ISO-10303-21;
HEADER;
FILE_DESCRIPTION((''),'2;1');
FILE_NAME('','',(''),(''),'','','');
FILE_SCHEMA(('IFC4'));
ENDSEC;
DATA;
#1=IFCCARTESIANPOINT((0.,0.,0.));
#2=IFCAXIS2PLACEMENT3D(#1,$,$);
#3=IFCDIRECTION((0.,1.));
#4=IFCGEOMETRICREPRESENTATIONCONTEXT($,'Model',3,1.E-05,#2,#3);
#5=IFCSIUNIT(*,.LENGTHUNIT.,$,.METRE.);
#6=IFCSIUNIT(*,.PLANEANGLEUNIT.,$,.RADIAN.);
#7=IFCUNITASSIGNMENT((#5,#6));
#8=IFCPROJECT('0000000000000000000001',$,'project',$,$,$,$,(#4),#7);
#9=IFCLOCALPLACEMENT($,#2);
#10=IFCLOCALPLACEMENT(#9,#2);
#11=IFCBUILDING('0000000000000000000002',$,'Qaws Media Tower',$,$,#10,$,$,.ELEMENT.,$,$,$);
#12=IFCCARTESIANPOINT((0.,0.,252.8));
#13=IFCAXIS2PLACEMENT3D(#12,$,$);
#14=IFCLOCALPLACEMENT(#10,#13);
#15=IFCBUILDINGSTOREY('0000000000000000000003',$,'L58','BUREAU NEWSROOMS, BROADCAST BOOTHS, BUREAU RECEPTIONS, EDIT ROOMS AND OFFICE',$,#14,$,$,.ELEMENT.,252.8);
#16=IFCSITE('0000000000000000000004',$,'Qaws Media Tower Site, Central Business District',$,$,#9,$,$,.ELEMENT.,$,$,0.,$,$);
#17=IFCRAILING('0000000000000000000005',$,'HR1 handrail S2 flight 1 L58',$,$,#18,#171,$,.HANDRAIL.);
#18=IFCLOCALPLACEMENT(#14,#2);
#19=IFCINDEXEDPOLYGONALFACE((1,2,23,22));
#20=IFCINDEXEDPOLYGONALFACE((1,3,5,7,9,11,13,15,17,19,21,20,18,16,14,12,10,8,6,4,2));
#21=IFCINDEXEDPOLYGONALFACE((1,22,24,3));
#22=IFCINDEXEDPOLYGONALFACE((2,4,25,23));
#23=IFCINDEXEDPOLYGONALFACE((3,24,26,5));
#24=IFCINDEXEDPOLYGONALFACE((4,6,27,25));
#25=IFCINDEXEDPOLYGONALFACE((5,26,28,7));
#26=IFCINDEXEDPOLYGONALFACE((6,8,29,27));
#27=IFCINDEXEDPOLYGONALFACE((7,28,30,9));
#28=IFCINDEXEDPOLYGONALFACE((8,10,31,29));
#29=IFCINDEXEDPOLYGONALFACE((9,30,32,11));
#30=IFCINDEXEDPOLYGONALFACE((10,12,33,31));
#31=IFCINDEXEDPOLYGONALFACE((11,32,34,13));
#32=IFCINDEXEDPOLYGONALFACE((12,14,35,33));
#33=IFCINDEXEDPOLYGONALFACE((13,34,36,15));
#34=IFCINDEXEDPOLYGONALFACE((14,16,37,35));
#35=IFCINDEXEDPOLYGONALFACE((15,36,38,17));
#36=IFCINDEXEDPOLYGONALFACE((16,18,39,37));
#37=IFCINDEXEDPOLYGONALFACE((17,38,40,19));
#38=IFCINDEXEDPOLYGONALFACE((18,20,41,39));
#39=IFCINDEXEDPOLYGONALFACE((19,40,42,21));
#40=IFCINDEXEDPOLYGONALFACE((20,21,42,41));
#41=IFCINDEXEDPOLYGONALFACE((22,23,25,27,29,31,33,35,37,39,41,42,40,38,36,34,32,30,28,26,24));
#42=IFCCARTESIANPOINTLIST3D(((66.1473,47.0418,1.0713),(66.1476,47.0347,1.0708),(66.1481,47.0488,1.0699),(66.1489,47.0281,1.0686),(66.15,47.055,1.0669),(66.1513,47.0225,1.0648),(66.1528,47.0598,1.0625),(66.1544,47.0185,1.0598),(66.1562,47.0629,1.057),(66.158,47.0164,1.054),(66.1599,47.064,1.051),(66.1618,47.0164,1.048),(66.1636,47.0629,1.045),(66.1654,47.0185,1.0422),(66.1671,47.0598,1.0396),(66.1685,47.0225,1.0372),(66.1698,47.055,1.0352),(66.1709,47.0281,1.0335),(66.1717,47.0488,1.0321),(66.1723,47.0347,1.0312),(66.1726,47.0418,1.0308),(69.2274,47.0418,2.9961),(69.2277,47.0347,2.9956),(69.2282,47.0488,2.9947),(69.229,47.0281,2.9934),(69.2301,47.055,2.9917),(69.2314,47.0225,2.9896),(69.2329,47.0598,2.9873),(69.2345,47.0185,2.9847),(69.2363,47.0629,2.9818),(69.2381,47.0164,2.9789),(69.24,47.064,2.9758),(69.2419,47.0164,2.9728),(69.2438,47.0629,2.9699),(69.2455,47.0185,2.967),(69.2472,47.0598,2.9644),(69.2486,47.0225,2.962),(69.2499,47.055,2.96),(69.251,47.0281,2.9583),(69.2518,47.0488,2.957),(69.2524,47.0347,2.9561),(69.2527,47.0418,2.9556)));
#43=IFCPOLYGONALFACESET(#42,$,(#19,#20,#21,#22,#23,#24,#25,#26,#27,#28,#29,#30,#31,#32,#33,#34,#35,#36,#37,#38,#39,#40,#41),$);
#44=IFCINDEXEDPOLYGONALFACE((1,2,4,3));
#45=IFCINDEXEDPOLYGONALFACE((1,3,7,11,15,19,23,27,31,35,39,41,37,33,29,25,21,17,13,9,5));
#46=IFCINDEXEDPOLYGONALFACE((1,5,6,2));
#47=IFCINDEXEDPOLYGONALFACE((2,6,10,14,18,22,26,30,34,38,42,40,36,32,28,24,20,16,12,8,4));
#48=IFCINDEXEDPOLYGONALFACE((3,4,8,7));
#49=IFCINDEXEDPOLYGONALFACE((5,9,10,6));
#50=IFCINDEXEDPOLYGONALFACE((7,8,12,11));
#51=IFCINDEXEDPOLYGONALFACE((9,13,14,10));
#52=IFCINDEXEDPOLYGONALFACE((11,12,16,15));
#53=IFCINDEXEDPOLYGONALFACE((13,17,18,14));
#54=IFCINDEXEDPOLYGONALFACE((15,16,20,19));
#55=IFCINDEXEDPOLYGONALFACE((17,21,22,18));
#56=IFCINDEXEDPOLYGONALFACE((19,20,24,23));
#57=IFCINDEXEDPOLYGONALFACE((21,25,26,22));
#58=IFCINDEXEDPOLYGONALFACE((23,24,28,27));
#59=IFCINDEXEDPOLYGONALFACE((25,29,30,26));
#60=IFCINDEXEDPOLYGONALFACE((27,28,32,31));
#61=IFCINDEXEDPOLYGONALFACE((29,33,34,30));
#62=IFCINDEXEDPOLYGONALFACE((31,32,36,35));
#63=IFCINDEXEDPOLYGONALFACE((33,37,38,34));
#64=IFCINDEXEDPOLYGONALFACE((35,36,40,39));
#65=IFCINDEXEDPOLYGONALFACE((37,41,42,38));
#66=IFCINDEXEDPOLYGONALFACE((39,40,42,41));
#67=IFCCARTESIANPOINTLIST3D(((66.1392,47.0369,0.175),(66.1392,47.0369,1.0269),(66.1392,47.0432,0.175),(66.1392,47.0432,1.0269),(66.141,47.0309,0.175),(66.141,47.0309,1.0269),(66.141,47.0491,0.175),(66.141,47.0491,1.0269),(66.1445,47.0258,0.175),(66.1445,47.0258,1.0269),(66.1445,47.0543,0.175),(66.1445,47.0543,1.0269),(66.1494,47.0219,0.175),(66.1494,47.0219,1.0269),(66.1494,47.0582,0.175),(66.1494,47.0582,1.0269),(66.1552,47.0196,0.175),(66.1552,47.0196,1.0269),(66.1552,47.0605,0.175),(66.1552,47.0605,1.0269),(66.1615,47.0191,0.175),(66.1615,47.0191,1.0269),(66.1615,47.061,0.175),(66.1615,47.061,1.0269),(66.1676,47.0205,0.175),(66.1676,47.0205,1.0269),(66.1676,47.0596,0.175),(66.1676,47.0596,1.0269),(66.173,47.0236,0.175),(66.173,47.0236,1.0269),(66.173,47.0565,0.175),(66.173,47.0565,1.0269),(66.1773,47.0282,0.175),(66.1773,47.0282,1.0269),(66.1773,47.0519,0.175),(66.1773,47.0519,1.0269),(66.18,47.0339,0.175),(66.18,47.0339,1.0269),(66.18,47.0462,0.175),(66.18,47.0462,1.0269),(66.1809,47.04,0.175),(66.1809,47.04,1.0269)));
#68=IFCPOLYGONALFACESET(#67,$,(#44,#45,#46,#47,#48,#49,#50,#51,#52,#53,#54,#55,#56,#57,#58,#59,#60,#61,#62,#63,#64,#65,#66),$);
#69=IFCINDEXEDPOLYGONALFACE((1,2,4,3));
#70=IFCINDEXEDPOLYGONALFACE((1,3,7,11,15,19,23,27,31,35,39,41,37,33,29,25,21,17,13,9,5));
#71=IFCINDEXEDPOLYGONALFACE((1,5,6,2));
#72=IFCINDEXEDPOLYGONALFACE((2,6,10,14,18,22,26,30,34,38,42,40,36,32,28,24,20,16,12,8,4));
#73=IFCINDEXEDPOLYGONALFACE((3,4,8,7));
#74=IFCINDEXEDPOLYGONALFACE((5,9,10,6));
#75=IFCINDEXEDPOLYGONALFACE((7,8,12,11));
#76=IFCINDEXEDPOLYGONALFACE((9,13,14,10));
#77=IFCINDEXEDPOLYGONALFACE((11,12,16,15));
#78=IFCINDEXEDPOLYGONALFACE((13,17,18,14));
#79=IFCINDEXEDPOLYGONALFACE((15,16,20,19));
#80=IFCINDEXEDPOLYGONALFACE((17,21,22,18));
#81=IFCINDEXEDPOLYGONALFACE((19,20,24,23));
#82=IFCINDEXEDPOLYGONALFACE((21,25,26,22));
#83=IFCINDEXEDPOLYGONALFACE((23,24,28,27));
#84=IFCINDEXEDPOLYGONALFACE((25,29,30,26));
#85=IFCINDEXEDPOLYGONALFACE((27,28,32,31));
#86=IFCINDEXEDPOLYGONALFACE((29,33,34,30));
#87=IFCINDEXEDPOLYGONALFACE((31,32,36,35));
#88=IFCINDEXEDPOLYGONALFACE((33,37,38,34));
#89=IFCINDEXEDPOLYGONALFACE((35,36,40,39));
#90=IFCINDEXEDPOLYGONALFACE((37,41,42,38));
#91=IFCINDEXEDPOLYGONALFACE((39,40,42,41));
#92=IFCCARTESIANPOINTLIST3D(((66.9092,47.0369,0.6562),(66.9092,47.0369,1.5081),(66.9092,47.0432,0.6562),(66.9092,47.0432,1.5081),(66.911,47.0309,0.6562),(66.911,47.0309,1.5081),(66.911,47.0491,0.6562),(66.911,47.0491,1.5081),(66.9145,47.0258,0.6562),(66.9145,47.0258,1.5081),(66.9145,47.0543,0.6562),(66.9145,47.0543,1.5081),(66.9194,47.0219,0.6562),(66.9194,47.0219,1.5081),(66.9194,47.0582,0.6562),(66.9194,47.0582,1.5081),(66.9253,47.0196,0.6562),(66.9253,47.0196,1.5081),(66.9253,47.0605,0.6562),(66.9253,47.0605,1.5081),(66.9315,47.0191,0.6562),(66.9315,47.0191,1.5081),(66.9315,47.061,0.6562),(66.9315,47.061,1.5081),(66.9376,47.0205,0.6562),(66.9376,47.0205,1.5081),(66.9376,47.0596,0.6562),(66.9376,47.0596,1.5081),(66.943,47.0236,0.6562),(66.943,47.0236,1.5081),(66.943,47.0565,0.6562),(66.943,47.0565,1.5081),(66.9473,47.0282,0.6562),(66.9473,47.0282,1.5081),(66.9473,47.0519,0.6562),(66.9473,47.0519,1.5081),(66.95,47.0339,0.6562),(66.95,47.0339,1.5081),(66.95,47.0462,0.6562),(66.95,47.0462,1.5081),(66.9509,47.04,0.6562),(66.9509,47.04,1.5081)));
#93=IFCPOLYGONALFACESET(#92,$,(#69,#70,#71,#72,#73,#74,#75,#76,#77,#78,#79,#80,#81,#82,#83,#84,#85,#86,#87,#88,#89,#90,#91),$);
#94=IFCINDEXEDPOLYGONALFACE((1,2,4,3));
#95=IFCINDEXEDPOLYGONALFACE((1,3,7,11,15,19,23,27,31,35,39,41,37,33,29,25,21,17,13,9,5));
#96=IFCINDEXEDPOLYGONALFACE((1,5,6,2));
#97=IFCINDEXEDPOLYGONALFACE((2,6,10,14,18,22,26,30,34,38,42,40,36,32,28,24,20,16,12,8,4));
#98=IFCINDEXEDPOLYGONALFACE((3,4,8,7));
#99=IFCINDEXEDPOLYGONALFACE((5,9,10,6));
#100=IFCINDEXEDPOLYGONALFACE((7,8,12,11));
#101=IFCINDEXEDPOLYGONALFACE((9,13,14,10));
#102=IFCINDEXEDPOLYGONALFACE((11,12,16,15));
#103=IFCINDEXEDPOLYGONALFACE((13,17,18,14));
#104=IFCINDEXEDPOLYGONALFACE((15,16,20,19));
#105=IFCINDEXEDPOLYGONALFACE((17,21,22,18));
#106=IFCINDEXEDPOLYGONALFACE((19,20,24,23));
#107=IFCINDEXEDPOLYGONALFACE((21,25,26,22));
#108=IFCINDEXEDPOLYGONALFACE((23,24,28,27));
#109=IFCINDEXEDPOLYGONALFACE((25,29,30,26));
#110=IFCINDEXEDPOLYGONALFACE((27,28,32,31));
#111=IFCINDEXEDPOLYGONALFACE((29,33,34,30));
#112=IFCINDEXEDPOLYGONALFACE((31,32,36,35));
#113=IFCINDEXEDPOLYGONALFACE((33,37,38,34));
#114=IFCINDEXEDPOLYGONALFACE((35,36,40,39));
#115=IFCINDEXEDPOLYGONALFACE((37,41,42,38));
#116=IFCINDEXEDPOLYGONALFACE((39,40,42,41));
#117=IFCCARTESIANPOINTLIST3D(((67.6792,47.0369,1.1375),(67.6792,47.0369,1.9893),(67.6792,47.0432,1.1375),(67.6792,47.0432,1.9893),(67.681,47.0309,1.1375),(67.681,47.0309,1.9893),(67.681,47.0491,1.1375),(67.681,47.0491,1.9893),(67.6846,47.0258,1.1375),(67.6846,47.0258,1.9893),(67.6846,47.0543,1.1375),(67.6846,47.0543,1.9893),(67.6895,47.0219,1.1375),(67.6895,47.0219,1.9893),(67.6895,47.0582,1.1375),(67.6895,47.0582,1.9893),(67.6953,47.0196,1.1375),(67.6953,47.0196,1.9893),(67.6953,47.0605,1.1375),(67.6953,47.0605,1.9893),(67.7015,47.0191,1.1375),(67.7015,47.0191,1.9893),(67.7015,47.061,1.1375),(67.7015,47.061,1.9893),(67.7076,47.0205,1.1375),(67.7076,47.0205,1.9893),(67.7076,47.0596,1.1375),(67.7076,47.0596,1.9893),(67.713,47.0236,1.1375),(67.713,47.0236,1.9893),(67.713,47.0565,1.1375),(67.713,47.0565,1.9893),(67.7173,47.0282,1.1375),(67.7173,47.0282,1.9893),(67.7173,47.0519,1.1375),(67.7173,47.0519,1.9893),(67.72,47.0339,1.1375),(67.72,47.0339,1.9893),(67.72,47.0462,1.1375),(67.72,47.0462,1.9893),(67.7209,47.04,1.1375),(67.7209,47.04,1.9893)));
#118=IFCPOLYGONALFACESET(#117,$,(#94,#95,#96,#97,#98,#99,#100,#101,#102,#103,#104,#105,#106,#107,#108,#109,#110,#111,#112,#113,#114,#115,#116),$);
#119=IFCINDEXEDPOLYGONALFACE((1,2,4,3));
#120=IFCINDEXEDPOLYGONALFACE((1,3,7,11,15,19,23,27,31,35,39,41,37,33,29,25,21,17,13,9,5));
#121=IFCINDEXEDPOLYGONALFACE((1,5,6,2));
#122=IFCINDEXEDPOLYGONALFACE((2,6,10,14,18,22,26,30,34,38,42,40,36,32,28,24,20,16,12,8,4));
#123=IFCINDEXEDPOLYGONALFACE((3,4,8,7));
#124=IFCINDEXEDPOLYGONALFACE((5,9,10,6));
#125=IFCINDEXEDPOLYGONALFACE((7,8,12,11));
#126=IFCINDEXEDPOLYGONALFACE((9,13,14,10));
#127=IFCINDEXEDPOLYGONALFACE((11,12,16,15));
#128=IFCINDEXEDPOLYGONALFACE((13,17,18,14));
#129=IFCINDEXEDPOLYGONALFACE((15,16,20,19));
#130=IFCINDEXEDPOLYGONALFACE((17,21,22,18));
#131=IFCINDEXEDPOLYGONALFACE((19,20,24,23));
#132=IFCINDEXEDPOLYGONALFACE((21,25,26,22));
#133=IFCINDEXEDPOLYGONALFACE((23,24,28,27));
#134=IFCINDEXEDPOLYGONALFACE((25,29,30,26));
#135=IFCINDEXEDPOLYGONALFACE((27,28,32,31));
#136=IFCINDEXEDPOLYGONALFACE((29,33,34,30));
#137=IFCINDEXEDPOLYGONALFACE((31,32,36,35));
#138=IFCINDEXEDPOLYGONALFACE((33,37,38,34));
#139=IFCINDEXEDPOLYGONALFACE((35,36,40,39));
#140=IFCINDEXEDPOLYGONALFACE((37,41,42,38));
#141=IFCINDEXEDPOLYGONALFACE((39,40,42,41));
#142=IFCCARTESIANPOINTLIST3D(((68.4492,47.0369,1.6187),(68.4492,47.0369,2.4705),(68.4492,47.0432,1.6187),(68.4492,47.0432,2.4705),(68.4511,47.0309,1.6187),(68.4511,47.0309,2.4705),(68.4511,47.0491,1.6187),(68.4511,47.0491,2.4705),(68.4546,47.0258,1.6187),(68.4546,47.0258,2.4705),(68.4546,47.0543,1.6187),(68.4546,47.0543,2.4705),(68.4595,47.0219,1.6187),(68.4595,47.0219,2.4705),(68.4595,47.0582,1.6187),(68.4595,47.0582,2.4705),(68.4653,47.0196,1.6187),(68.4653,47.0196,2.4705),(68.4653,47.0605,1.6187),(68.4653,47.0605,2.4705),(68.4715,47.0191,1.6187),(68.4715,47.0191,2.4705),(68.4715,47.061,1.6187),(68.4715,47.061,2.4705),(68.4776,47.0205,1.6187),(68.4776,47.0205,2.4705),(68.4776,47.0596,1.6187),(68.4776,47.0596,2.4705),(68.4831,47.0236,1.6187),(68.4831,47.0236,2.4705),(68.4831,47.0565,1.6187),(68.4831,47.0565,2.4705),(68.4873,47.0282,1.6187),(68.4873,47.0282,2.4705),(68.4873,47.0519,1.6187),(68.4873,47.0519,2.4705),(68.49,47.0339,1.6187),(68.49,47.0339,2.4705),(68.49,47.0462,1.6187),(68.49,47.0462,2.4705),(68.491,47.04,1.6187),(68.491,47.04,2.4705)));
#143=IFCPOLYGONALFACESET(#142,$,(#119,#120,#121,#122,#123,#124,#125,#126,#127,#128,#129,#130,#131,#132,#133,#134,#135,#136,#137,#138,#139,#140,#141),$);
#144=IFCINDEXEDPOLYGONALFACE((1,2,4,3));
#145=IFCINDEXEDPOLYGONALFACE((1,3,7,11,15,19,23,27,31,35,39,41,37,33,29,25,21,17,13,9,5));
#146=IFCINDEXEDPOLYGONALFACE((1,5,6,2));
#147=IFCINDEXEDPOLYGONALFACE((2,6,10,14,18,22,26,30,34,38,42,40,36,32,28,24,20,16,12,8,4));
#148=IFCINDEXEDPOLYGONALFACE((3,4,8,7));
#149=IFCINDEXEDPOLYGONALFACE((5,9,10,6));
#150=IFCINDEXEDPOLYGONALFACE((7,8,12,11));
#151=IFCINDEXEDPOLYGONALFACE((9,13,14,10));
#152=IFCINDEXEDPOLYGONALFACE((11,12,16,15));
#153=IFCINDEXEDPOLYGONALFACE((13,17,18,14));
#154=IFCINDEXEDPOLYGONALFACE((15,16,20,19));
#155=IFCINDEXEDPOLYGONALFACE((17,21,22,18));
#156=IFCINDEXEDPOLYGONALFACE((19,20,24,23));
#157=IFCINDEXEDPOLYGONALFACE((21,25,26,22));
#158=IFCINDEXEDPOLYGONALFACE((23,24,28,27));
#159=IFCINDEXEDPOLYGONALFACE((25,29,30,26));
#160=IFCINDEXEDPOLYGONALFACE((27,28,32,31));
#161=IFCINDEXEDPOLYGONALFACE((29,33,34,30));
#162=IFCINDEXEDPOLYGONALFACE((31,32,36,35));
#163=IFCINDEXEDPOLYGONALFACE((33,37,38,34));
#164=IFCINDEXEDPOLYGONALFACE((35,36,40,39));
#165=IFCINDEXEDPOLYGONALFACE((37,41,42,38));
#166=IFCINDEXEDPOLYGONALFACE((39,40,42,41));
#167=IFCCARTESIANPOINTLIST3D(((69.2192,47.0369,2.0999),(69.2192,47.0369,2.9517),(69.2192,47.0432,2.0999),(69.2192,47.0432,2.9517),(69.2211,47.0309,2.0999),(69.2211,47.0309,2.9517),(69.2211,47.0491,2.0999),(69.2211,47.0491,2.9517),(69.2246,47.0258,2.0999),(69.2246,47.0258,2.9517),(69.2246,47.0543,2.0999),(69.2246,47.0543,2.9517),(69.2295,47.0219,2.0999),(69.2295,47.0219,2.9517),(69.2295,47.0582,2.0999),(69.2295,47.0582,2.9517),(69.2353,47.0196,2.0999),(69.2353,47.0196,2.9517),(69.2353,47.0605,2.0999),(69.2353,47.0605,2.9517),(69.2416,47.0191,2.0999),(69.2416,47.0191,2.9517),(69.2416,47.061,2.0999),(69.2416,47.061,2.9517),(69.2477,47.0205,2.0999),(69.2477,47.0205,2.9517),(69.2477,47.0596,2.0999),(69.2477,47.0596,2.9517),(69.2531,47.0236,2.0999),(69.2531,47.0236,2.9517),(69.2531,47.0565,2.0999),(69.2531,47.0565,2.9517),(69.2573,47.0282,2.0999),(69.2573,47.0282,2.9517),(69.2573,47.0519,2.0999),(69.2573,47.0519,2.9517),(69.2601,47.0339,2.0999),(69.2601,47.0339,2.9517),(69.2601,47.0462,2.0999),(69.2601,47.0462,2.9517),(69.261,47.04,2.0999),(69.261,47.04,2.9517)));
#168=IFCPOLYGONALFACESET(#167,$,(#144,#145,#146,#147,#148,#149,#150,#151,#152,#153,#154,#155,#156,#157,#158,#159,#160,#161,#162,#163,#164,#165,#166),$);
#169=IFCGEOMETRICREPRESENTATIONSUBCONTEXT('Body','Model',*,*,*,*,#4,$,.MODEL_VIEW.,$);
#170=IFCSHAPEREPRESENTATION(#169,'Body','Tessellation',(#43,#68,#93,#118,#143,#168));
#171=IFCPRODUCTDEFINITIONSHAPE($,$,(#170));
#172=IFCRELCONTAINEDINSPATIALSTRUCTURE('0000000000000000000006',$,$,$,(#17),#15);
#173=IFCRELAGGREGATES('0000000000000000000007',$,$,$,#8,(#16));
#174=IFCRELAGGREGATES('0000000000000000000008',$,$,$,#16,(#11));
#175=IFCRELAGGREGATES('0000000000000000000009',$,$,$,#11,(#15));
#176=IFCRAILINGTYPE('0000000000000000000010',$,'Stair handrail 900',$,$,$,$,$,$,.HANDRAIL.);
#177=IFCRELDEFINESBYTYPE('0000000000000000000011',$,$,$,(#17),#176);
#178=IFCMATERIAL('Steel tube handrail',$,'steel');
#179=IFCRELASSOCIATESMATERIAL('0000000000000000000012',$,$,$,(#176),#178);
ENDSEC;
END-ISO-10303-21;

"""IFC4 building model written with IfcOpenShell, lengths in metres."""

from ifc_helpers import new_model, si_unit, direction, frame, origin, origin_2d, place, context, subcontext, project, spatial, circle, extrude, material, type_object, element, save


model = new_model("IFC4")

# Units and contexts
model_context = context("Model", 3, precision=1e-05, world=origin(), true_north=direction((0.0, 1.0)))
body_context = subcontext(model_context, "Body", "Model", "MODEL_VIEW")
ifc_project = project(units=[si_unit("LENGTHUNIT", "METRE"), si_unit("PLANEANGLEUNIT", "RADIAN")], contexts=[model_context])

# Site, building, storey
site_placement = place(None, origin())
site = spatial("IfcSite", under=ifc_project, at=site_placement, Name="Qaws Media Tower Site, Central Business District", CompositionType="ELEMENT", RefElevation=0.0)
building_placement = place(site_placement, origin())
building = spatial("IfcBuilding", under=site, at=building_placement, Name="Qaws Media Tower", CompositionType="ELEMENT")
storey_placement = place(building_placement, frame((0.0, 0.0, 252.8)))
storey = spatial("IfcBuildingStorey", under=building, at=storey_placement, Name="L58", Description="BUREAU NEWSROOMS, BROADCAST BOOTHS, BUREAU RECEPTIONS, EDIT ROOMS AND OFFICE", CompositionType="ELEMENT", Elevation=252.8)

# Railing
ifc_material_1 = material(Name="Steel tube handrail", Category="steel")
railing_type = type_object("IfcRailingType", Name="Stair handrail 900", PredefinedType="HANDRAIL", material=ifc_material_1)
railing_placement = place(storey_placement, frame((66.1599, 47.04, 0.175)))
element("IfcRailing", 1, at=railing_placement, inside=storey, type_object=railing_type, Name="HR1 handrail S2 flight 1 L58", PredefinedType="HANDRAIL", context=body_context, shape_type="SweptSolid", body=[
    extrude(circle(Radius=0.0239, at=origin_2d()), frame((0.0, 0.0, 0.876), z_axis=(0.848029, 0.0, 0.529951), x_axis=(0.0, 1.0, 0.0)), (0.0, 0.0, 1.0), 3.6321),
    extrude(circle(Radius=0.021, at=origin_2d()), origin(), (0.0, 0.0, 1.0), 0.8518),
    extrude(circle(Radius=0.021, at=origin_2d()), frame((0.77, 0.0, 0.4812)), (0.0, 0.0, 1.0), 0.8518),
    extrude(circle(Radius=0.021, at=origin_2d()), frame((1.54, 0.0, 0.9624)), (0.0, 0.0, 1.0), 0.8518),
    extrude(circle(Radius=0.021, at=origin_2d()), frame((2.3101, 0.0, 1.4436)), (0.0, 0.0, 1.0), 0.8518),
    extrude(circle(Radius=0.021, at=origin_2d()), frame((3.0801, 0.0, 1.9248)), (0.0, 0.0, 1.0), 0.8518),
])

save(model, "model.ifc")
